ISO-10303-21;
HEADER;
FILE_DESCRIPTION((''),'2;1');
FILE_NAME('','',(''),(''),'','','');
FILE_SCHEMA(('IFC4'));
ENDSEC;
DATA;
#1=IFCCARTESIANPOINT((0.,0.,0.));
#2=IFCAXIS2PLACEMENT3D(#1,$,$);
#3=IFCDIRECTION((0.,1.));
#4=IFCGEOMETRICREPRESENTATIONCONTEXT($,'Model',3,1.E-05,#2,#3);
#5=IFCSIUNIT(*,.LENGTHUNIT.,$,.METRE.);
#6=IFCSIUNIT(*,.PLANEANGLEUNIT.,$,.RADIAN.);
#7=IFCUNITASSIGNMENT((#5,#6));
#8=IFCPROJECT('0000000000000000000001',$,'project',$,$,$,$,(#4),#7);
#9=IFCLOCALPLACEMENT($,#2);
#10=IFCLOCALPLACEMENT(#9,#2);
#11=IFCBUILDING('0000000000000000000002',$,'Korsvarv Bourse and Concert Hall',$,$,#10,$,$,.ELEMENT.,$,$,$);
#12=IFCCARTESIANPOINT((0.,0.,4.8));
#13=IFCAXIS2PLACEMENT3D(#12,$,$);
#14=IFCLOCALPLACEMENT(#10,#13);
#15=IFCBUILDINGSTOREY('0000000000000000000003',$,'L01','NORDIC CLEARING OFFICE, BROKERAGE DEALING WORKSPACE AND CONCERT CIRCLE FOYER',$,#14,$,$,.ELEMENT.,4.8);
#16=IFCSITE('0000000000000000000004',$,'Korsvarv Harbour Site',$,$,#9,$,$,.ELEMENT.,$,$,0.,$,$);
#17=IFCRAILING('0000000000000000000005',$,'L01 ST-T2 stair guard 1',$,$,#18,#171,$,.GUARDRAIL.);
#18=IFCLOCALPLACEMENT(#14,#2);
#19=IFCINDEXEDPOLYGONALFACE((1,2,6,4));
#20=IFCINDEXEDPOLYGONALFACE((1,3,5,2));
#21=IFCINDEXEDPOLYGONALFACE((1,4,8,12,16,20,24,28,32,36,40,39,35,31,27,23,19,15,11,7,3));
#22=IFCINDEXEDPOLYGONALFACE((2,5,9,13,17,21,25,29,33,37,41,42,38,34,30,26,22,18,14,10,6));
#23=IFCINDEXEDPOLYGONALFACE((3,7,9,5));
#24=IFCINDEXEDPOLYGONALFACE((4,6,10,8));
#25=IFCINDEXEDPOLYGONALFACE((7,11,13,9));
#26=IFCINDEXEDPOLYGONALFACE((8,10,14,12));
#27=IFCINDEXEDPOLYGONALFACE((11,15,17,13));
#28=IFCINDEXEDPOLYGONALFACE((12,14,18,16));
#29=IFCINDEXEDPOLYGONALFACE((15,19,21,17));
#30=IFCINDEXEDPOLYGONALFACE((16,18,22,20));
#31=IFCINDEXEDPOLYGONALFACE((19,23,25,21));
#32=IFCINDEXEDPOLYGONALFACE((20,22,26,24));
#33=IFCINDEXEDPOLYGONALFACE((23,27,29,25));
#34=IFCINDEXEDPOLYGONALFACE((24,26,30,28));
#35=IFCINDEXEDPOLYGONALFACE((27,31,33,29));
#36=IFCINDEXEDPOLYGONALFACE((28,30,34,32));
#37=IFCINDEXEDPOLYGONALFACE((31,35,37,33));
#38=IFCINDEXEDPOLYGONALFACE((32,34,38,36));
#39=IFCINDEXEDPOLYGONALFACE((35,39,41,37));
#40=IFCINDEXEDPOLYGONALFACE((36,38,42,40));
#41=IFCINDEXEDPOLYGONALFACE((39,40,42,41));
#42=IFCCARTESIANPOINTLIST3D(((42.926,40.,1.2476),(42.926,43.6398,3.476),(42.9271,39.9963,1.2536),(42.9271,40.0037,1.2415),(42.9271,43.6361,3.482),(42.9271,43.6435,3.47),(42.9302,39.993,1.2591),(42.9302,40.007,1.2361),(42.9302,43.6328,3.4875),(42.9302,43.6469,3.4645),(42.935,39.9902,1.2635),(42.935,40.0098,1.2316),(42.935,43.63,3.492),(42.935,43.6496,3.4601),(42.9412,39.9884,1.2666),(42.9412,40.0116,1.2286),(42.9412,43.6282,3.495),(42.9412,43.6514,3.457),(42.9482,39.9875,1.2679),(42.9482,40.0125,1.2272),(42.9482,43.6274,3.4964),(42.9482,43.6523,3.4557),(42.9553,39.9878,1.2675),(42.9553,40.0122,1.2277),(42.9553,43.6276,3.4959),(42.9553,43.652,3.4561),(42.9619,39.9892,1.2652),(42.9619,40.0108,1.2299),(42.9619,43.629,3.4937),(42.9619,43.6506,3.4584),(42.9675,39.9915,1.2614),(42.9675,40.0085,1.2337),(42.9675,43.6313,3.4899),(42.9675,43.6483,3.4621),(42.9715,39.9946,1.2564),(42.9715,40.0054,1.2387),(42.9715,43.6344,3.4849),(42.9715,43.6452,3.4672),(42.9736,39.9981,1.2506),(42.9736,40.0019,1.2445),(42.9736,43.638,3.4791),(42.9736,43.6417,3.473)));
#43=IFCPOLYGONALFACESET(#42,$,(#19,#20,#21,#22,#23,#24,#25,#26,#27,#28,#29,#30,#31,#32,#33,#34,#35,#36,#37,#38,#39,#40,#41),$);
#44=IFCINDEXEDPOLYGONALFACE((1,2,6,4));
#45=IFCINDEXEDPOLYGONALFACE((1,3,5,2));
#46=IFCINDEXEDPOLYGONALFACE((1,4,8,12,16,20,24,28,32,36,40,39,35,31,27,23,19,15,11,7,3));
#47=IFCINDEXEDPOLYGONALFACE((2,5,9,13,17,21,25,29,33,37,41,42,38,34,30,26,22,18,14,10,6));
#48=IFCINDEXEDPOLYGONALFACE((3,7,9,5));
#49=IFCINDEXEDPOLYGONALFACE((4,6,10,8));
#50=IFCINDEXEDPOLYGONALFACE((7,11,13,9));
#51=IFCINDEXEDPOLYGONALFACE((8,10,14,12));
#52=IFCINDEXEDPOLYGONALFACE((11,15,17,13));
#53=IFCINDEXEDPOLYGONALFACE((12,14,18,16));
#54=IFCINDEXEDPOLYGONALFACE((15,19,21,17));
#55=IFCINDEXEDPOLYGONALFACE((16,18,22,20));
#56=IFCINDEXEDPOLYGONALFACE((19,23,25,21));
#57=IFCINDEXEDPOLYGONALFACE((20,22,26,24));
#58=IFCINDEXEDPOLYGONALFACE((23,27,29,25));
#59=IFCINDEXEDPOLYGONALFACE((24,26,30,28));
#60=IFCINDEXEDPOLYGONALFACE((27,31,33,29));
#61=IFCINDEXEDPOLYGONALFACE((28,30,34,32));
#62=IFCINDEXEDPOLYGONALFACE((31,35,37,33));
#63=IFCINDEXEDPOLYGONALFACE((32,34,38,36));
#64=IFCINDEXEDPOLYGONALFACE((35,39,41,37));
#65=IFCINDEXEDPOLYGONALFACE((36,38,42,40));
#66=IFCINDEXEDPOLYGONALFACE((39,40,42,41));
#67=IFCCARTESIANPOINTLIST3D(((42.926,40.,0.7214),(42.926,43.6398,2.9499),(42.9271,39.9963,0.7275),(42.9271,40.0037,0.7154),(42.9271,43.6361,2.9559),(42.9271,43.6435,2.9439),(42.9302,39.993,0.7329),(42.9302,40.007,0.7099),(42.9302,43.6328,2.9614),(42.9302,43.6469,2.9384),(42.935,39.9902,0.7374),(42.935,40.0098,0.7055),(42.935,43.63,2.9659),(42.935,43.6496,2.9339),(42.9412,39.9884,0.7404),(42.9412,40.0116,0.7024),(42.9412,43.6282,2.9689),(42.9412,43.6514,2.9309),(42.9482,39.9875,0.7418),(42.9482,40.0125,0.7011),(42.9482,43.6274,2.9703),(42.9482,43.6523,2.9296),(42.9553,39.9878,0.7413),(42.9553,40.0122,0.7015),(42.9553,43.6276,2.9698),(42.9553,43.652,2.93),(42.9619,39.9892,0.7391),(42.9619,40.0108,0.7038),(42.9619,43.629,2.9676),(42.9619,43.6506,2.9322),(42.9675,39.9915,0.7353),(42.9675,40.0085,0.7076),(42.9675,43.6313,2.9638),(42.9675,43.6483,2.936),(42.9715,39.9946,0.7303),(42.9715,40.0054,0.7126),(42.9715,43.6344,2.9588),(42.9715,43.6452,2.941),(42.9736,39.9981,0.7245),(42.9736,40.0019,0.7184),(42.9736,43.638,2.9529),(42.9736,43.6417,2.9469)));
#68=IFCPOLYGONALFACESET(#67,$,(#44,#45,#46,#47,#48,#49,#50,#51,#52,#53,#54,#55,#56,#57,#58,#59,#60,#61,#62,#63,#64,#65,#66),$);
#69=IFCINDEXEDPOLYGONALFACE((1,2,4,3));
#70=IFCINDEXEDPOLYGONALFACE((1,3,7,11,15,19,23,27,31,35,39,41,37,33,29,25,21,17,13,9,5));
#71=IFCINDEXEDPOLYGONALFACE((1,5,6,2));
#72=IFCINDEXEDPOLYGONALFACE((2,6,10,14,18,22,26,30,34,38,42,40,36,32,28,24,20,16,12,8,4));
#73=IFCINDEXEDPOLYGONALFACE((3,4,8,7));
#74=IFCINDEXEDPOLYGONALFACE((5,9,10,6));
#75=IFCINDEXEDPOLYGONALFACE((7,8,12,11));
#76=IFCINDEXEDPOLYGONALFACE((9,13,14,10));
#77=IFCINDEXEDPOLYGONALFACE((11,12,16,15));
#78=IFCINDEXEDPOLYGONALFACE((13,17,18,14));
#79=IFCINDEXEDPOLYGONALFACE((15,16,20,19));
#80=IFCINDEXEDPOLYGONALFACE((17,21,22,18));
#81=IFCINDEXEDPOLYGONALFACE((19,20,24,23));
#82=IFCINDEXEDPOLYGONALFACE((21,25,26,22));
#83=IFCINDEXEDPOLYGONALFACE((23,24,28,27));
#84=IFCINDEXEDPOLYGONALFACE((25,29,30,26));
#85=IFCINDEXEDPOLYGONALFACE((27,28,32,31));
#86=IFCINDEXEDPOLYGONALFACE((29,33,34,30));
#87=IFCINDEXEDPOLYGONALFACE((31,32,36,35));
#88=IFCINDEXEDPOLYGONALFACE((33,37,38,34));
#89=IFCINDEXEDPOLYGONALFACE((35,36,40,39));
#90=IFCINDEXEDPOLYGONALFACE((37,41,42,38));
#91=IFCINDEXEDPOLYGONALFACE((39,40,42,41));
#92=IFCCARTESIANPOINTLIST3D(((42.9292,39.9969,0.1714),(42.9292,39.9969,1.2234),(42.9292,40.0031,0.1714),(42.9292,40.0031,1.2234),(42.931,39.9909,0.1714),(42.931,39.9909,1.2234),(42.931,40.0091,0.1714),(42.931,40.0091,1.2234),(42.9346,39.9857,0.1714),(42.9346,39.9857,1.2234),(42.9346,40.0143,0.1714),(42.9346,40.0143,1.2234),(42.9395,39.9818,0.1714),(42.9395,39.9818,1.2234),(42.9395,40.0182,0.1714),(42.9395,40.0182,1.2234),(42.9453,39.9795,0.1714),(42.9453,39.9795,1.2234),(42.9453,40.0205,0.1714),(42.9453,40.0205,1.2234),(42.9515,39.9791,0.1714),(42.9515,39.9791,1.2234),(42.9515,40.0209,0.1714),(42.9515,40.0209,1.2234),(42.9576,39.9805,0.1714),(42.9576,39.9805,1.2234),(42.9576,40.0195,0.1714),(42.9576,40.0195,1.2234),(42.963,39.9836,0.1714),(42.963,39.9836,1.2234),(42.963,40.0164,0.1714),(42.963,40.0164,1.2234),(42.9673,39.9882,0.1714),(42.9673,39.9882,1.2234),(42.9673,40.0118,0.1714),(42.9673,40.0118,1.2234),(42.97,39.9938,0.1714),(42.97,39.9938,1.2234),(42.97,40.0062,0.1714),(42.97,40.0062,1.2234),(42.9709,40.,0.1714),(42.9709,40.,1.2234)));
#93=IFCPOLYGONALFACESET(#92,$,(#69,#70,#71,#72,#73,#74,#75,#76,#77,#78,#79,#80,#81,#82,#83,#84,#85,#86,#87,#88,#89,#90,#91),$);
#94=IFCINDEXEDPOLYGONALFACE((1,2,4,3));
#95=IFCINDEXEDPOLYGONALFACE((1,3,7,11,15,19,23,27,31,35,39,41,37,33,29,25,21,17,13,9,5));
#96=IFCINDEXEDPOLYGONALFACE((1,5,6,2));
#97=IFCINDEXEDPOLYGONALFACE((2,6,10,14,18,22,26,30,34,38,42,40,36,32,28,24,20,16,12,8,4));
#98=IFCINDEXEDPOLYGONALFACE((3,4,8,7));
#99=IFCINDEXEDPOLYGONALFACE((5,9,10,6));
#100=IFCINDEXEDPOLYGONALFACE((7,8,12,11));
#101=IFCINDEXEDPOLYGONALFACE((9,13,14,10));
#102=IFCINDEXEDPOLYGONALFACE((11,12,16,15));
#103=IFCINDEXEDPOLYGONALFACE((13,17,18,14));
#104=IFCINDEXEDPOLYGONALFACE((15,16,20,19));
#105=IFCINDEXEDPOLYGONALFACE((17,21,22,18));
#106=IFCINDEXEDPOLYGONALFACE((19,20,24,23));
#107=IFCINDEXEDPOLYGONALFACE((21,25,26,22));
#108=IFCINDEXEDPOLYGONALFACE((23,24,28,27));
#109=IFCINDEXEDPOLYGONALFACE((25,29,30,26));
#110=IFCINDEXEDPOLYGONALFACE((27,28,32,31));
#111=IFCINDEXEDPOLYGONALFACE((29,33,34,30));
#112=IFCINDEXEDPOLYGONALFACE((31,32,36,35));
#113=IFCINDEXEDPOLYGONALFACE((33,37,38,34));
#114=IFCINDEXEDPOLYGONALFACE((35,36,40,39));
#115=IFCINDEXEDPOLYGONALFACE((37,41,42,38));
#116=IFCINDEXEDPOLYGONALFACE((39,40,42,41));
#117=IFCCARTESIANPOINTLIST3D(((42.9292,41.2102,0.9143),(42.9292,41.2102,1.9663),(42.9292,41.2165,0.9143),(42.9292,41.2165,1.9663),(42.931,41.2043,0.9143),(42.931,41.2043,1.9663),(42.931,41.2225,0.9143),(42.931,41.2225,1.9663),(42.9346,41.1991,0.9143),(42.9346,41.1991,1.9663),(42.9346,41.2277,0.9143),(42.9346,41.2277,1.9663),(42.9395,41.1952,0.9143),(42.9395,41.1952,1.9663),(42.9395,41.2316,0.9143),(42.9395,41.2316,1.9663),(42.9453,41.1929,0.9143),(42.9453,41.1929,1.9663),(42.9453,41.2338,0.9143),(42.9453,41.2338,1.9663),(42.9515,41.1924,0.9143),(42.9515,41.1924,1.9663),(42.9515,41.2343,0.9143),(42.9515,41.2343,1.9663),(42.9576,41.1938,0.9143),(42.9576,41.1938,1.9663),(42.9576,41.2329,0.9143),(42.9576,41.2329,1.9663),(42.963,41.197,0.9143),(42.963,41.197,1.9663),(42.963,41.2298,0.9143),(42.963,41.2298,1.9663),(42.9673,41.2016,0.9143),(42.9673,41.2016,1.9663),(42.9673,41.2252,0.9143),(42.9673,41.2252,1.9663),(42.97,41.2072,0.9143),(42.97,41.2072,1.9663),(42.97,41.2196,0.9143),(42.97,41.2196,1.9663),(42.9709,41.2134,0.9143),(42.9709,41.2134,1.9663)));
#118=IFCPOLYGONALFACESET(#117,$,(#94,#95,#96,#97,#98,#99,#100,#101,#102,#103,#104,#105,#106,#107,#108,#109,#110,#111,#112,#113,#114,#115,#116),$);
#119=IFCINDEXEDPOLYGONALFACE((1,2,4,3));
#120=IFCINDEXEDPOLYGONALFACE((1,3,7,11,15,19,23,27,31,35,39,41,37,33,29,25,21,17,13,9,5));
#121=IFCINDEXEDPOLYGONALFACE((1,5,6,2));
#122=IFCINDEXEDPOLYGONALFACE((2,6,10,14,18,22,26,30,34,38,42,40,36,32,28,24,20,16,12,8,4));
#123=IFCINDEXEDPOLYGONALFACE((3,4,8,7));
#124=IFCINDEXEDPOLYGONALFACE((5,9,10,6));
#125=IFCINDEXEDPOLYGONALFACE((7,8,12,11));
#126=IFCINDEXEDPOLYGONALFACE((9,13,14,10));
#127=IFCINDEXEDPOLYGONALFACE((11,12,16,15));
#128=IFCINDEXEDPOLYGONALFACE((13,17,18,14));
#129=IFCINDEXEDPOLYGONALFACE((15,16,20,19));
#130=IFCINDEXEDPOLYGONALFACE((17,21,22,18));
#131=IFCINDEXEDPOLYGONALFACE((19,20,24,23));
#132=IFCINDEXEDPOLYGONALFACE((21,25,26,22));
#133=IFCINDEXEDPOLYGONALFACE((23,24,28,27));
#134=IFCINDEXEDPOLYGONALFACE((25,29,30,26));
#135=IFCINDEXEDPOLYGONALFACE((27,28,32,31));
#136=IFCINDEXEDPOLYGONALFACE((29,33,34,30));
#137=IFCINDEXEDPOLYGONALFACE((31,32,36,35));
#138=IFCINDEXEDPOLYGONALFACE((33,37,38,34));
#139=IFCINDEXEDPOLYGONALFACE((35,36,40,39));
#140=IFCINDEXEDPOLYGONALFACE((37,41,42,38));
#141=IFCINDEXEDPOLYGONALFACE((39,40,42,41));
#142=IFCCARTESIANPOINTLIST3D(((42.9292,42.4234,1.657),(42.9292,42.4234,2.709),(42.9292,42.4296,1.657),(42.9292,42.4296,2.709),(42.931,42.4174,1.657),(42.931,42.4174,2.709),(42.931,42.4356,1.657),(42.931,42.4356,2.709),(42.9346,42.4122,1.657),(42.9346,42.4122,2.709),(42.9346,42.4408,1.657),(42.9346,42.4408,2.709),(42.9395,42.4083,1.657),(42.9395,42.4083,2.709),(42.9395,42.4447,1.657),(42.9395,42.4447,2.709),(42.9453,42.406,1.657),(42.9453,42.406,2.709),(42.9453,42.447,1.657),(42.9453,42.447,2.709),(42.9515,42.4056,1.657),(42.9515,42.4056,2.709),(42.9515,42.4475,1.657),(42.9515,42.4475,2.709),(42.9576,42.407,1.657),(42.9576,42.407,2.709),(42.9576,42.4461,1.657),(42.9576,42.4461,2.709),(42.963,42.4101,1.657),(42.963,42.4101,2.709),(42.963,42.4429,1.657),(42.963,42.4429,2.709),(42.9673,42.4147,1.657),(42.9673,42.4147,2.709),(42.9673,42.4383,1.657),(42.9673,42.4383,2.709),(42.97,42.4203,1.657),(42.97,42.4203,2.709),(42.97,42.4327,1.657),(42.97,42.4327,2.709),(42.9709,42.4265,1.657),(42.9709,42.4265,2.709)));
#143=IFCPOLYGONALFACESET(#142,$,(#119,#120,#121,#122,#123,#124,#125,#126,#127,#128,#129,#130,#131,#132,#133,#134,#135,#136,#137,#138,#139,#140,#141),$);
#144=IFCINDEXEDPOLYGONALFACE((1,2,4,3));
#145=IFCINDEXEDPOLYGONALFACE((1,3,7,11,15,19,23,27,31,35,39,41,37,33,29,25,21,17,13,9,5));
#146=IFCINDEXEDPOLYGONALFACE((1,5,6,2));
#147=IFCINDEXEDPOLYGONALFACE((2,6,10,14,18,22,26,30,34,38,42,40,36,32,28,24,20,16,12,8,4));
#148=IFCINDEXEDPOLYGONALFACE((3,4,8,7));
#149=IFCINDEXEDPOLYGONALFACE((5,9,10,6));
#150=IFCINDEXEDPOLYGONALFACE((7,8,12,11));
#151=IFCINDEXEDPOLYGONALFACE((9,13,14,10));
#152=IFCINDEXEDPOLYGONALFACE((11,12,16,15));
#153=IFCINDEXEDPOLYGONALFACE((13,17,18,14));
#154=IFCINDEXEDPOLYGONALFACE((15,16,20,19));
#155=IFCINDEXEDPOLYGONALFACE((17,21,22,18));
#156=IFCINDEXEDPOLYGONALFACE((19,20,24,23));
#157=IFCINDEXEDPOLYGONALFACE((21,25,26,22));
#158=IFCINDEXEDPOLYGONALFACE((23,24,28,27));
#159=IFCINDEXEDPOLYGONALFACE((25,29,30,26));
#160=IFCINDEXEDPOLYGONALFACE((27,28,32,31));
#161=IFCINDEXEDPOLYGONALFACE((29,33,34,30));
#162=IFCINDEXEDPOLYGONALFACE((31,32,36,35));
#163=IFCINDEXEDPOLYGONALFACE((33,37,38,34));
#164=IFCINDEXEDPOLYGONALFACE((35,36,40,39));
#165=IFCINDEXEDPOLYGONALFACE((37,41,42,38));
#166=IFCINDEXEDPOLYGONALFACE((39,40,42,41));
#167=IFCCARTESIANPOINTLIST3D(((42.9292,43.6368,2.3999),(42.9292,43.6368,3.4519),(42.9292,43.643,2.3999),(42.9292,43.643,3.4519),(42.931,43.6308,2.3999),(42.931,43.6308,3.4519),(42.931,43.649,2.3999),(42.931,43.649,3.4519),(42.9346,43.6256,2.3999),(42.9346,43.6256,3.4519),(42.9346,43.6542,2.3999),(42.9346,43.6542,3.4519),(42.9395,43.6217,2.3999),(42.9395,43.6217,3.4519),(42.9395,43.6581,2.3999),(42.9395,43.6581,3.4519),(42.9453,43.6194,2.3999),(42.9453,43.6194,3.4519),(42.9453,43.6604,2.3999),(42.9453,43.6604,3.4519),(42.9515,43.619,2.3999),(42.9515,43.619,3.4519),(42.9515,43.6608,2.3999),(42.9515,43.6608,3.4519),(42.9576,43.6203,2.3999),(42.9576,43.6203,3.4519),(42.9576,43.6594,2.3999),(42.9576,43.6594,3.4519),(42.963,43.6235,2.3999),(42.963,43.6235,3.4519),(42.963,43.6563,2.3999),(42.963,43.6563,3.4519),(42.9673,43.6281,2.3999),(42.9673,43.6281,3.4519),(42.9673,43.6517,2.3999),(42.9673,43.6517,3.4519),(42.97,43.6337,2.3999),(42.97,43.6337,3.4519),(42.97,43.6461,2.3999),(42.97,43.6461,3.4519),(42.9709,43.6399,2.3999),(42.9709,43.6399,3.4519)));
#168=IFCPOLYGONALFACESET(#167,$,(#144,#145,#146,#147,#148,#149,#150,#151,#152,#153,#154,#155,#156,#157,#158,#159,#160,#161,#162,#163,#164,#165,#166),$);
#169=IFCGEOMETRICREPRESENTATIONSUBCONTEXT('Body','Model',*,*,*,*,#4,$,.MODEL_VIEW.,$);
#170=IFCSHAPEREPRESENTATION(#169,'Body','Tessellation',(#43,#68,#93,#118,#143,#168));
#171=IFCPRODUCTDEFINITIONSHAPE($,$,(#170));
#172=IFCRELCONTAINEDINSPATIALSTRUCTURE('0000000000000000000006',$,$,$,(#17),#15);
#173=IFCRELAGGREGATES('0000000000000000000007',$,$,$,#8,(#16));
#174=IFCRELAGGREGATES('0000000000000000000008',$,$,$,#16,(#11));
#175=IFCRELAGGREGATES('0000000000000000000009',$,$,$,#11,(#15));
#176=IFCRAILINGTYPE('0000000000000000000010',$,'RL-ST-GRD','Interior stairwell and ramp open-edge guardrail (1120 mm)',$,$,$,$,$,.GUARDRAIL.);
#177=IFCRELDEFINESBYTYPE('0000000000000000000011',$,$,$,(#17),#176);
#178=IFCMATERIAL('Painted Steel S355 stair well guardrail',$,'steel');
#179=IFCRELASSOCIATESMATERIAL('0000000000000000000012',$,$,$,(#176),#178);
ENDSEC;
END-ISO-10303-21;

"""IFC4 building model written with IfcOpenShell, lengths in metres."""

from ifc_helpers import new_model, si_unit, direction, frame, origin, origin_2d, place, context, subcontext, project, spatial, circle, extrude, material, type_object, element, save


model = new_model("IFC4")

# Units and contexts
model_context = context("Model", 3, precision=1e-05, world=origin(), true_north=direction((0.0, 1.0)))
body_context = subcontext(model_context, "Body", "Model", "MODEL_VIEW")
ifc_project = project(units=[si_unit("LENGTHUNIT", "METRE"), si_unit("PLANEANGLEUNIT", "RADIAN")], contexts=[model_context])

# Site, building, storey
site_placement = place(None, origin())
site = spatial("IfcSite", under=ifc_project, at=site_placement, Name="Korsvarv Harbour Site", CompositionType="ELEMENT", RefElevation=0.0)
building_placement = place(site_placement, origin())
building = spatial("IfcBuilding", under=site, at=building_placement, Name="Korsvarv Bourse and Concert Hall", CompositionType="ELEMENT")
storey_placement = place(building_placement, frame((0.0, 0.0, 4.8)))
storey = spatial("IfcBuildingStorey", under=building, at=storey_placement, Name="L01", Description="NORDIC CLEARING OFFICE, BROKERAGE DEALING WORKSPACE AND CONCERT CIRCLE FOYER", CompositionType="ELEMENT", Elevation=4.8)

# Railing
ifc_material_1 = material(Name="Painted Steel S355 stair well guardrail", Category="steel")
railing_type_1 = type_object("IfcRailingType", Name="RL-ST-GRD", Description="Interior stairwell and ramp open-edge guardrail (1120 mm)", PredefinedType="GUARDRAIL", material=ifc_material_1)
railing_1_placement = place(storey_placement, frame((42.95, 40.0, 0.1714)))
element("IfcRailing", 1, at=railing_1_placement, inside=storey, type_object=railing_type_1, Name="L01 ST-T2 stair guard 1", PredefinedType="GUARDRAIL", context=body_context, shape_type="SweptSolid", body=[
    extrude(circle(Radius=0.0239, at=origin_2d()), frame((0.0, 0.0, 1.0762), z_axis=(0.0, 0.85285, 0.522156), x_axis=(-1.0, 0.0, 0.0)), (0.0, 0.0, 1.0), 4.2678),
    extrude(circle(Radius=0.0239, at=origin_2d()), frame((0.0, 0.0, 0.55), z_axis=(0.0, 0.85285, 0.522156), x_axis=(-1.0, 0.0, 0.0)), (0.0, 0.0, 1.0), 4.2678),
    extrude(circle(Radius=0.021, at=origin_2d()), origin(), (0.0, 0.0, 1.0), 1.052),
    extrude(circle(Radius=0.021, at=origin_2d()), frame((0.0, 1.2134, 0.7429)), (0.0, 0.0, 1.0), 1.052),
    extrude(circle(Radius=0.021, at=origin_2d()), frame((0.0, 2.4265, 1.4856)), (0.0, 0.0, 1.0), 1.052),
    extrude(circle(Radius=0.021, at=origin_2d()), frame((0.0, 3.6399, 2.2285)), (0.0, 0.0, 1.0), 1.052),
])

save(model, "model.ifc")
